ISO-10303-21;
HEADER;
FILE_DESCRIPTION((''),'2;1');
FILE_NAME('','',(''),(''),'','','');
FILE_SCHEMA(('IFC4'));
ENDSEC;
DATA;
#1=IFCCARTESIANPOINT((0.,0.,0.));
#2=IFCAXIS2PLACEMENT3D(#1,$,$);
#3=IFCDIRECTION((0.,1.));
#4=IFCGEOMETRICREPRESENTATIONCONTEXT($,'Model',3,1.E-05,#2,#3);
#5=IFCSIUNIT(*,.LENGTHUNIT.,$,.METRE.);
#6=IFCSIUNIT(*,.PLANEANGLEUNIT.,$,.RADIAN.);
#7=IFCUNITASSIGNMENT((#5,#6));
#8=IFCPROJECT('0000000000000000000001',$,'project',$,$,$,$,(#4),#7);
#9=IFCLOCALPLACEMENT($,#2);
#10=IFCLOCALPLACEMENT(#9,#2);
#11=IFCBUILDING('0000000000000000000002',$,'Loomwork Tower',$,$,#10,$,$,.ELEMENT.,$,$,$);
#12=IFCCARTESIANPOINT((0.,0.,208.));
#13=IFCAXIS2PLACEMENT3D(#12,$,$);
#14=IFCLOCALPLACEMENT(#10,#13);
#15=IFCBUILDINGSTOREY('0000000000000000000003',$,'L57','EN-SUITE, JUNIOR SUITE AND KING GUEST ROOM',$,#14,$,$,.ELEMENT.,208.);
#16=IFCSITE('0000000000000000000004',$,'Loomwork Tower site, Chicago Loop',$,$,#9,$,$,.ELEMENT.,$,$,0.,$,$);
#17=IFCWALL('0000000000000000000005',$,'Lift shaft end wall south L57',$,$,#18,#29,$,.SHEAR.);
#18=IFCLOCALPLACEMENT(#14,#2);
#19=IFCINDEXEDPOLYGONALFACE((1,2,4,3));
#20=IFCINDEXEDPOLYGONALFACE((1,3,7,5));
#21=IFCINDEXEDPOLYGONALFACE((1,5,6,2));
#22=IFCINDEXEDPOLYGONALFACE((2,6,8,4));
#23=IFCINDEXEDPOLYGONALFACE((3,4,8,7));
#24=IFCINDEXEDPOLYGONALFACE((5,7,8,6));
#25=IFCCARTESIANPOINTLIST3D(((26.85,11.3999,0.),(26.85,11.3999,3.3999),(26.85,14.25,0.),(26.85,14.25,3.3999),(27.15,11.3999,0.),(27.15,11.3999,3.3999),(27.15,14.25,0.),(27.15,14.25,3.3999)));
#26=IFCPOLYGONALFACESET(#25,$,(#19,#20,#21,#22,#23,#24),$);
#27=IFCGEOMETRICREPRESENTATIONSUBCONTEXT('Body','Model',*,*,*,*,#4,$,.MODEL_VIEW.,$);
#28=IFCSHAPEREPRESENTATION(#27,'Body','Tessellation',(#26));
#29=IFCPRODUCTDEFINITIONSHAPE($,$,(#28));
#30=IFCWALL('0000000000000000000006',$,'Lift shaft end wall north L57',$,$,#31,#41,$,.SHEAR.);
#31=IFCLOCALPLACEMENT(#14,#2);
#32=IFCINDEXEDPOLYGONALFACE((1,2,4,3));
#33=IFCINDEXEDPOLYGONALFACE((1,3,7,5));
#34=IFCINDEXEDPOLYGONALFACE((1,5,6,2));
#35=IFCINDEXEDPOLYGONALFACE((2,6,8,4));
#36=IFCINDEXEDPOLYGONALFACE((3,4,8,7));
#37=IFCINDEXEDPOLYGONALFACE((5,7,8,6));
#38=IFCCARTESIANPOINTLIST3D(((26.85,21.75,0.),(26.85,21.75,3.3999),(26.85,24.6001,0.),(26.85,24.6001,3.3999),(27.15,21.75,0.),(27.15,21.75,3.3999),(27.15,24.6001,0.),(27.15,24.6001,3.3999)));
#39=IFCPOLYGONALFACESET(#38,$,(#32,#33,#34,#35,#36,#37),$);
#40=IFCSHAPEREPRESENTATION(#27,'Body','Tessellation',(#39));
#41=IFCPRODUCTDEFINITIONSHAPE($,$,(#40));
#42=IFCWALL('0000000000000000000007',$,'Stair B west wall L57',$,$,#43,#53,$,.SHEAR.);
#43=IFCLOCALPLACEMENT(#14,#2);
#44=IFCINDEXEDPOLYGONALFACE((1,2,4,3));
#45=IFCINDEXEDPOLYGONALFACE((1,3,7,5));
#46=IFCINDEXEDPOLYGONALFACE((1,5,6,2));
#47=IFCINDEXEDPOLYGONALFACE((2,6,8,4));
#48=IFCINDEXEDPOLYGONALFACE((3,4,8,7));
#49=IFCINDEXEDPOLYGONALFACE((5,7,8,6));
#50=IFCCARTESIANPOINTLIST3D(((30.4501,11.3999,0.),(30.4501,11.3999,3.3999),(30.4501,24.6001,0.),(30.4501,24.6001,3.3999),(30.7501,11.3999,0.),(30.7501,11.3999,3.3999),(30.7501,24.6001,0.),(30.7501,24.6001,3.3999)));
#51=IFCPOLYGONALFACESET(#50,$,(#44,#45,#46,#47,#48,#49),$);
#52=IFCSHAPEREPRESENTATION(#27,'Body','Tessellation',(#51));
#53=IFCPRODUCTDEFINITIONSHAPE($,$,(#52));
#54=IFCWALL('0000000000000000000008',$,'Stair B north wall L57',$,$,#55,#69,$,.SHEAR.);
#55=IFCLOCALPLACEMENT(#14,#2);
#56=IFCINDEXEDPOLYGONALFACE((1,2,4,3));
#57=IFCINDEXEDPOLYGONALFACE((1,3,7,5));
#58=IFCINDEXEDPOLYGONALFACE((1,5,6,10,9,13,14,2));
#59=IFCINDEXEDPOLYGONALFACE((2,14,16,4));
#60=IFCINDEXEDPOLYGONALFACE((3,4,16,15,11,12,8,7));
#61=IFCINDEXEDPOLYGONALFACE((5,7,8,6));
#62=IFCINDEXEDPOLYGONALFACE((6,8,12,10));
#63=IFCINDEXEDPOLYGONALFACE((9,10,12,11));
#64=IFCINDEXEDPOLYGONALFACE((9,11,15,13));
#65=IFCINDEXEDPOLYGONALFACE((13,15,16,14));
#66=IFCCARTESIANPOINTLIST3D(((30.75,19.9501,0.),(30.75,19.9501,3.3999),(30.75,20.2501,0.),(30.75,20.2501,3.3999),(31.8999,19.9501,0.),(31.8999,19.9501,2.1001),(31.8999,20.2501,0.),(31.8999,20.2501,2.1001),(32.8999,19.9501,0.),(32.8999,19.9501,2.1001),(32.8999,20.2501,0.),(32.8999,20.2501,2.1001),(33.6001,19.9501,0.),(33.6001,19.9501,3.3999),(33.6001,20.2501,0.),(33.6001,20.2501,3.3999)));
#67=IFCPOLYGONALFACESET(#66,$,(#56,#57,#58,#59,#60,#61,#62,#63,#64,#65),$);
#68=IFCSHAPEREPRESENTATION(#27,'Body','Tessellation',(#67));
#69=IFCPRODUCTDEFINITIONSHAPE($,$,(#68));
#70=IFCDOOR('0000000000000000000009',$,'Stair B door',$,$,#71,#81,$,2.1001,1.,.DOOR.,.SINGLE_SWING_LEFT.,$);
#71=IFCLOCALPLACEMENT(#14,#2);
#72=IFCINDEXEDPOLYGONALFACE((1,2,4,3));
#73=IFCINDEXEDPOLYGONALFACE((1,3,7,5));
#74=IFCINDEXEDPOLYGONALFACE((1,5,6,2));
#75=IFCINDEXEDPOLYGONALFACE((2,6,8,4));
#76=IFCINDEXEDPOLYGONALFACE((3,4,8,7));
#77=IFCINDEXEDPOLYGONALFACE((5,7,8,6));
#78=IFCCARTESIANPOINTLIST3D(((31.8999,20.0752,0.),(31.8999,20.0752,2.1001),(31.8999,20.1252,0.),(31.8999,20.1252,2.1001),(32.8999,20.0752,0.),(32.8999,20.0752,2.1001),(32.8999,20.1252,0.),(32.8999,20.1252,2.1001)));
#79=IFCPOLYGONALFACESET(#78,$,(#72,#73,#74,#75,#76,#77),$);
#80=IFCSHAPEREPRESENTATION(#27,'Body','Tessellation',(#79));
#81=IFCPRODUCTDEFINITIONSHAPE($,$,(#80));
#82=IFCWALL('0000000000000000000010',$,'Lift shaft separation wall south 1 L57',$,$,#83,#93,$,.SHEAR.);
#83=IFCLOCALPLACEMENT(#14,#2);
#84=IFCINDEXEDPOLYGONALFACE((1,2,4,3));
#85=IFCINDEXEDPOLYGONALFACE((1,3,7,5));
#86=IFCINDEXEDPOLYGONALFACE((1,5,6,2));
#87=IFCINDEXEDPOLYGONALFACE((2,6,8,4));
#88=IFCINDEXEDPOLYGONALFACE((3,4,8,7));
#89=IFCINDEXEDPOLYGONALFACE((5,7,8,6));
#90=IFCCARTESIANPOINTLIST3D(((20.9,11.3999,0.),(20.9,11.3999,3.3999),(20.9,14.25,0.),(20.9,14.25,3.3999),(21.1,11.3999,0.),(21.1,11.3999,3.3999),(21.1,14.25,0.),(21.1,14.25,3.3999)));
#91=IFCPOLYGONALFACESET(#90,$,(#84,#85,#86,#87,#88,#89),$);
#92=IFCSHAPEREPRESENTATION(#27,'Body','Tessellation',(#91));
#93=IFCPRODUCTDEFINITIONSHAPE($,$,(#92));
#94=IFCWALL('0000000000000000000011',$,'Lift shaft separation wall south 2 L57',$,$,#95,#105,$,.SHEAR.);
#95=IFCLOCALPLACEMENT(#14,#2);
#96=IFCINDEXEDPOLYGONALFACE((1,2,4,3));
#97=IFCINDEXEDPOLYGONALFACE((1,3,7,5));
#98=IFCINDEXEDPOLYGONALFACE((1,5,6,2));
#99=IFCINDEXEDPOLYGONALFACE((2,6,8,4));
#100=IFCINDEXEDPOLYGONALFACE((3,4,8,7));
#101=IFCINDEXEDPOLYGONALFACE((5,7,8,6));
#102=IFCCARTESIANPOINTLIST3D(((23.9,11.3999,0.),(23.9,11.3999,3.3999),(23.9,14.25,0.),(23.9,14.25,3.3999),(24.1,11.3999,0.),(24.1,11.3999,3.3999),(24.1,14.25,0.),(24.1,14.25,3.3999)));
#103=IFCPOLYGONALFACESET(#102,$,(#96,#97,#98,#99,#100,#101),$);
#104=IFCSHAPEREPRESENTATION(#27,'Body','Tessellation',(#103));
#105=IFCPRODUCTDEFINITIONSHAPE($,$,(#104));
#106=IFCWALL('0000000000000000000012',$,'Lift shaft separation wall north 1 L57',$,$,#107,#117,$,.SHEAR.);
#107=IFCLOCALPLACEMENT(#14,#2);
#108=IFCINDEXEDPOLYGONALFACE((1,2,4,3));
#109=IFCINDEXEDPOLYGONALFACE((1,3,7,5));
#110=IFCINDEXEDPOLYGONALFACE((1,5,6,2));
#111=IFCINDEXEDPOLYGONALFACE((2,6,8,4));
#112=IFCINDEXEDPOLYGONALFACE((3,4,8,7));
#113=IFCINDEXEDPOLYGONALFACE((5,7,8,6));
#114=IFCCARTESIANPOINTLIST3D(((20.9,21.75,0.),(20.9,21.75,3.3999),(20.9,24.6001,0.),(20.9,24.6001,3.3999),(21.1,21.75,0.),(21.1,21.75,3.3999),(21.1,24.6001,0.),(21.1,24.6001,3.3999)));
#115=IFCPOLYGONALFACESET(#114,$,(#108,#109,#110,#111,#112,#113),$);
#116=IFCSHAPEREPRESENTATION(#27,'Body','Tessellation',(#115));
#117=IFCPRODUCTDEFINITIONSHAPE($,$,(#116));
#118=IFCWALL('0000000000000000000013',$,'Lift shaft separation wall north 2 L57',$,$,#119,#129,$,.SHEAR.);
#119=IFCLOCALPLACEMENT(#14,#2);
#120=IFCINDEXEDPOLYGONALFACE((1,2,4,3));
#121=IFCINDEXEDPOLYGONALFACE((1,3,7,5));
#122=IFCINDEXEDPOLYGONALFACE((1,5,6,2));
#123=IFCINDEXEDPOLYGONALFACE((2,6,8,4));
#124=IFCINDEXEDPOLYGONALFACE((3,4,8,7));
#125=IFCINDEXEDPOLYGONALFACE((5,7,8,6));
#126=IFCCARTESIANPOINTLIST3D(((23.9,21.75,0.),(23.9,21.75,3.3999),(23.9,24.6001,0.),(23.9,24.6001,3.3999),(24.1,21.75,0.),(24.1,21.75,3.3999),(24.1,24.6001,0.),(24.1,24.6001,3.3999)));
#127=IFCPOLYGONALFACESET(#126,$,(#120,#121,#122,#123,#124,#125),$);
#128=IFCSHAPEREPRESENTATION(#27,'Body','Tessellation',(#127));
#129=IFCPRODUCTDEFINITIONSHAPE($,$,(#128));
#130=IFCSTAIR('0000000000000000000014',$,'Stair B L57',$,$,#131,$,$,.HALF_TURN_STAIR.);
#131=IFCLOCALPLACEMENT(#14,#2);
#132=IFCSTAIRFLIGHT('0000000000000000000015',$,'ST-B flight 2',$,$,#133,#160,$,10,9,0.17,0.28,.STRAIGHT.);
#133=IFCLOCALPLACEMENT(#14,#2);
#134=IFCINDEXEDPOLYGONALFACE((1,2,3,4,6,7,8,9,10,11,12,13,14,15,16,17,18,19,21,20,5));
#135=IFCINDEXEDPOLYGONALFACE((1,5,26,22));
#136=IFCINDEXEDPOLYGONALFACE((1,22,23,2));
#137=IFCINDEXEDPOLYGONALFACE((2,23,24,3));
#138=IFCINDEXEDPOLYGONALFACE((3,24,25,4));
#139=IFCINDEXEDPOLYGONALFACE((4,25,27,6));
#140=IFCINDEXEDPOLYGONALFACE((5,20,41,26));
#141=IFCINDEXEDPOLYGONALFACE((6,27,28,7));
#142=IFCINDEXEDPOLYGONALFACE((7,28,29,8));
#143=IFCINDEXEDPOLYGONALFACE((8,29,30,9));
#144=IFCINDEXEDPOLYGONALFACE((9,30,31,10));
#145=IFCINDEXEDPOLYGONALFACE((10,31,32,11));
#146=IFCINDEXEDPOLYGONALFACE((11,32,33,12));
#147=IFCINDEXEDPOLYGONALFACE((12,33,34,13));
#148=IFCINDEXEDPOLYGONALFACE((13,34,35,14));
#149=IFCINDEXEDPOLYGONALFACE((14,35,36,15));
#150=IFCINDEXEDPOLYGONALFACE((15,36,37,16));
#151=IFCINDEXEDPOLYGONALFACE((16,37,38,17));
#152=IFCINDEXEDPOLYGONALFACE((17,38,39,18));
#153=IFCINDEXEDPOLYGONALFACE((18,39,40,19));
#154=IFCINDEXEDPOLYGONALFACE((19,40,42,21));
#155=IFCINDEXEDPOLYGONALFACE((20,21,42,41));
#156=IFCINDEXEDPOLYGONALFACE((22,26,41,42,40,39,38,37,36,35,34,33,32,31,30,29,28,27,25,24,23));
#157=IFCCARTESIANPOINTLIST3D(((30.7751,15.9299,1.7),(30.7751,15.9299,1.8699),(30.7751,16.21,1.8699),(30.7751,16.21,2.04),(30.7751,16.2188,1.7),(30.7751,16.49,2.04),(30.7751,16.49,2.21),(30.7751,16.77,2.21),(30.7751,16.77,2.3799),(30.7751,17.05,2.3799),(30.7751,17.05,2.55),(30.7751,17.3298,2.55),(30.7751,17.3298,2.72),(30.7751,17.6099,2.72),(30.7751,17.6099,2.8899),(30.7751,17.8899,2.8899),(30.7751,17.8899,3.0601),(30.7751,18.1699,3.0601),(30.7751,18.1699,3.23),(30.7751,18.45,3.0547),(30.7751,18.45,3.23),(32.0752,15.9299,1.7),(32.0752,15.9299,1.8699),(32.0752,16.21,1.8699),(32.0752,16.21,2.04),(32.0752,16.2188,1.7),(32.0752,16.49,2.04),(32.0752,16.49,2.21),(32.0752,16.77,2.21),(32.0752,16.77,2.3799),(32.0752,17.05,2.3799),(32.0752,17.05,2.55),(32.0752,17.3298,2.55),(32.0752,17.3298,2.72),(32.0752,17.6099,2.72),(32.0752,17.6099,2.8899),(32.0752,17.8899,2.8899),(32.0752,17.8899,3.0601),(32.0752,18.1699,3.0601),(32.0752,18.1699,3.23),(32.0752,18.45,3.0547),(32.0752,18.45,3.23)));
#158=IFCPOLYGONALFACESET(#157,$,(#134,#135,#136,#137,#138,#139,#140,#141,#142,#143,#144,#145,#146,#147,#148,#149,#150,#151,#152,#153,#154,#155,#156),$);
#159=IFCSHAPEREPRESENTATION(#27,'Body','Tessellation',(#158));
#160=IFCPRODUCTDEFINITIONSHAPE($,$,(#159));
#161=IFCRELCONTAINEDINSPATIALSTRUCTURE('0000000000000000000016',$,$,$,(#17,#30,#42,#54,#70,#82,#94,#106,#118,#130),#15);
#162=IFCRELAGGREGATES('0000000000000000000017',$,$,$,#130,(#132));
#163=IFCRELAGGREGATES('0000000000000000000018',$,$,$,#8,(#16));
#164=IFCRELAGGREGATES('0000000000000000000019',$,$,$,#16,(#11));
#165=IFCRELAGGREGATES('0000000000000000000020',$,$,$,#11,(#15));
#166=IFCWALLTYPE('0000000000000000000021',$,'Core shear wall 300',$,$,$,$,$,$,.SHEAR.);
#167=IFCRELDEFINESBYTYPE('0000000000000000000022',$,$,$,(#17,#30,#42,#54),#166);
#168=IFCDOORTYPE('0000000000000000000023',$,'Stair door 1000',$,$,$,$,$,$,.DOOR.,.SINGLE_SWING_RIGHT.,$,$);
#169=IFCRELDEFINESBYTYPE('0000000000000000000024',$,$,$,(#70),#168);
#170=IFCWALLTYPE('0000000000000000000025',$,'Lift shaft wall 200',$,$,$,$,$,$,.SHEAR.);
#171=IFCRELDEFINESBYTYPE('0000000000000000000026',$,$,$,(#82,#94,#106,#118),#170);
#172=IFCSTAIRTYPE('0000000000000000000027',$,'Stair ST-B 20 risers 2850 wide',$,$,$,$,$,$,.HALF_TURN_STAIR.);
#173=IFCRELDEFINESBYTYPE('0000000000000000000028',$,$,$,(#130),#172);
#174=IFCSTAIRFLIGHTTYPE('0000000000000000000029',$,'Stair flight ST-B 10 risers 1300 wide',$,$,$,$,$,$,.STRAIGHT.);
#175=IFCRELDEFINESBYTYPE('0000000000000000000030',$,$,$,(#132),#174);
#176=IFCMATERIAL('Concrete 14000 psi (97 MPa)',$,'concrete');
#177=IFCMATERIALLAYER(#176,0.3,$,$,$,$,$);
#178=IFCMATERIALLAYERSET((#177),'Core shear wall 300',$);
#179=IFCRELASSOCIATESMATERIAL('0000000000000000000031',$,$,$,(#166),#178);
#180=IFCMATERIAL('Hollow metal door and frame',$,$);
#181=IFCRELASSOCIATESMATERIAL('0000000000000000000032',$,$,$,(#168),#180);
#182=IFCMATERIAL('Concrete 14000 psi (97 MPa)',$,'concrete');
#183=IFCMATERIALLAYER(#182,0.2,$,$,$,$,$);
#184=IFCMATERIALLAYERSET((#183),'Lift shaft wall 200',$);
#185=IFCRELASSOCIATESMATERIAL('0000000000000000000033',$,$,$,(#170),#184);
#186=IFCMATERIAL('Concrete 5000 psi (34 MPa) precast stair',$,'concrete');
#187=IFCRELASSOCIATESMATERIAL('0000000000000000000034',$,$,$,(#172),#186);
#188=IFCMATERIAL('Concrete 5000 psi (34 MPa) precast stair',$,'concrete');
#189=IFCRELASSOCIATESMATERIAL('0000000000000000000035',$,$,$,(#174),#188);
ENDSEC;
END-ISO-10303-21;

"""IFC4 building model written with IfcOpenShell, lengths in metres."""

from ifc_helpers import new_model, si_unit, direction, frame, frame_2d, origin, place, context, subcontext, project, spatial, polyline, rectangle, outline, extrude, material, layer, layer_set, type_object, element, fill, aggregate, save


model = new_model("IFC4")

# Units and contexts
model_context = context("Model", 3, precision=1e-05, world=origin(), true_north=direction((0.0, 1.0)))
body_context = subcontext(model_context, "Body", "Model", "MODEL_VIEW")
ifc_project = project(units=[si_unit("LENGTHUNIT", "METRE"), si_unit("PLANEANGLEUNIT", "RADIAN")], contexts=[model_context])

# Site, building, storey
site_placement = place(None, origin())
site = spatial("IfcSite", under=ifc_project, at=site_placement, Name="Loomwork Tower site, Chicago Loop", CompositionType="ELEMENT", RefElevation=0.0)
building_placement = place(site_placement, origin())
building = spatial("IfcBuilding", under=site, at=building_placement, Name="Loomwork Tower", CompositionType="ELEMENT")
storey_placement = place(building_placement, frame((0.0, 0.0, 208.0)))
storey = spatial("IfcBuildingStorey", under=building, at=storey_placement, Name="L57", Description="EN-SUITE, JUNIOR SUITE AND KING GUEST ROOM", CompositionType="ELEMENT", Elevation=208.0)

# Walls
ifc_material_1 = material(Name="Concrete 14000 psi (97 MPa)", Category="concrete")
ifc_layer_1 = layer(ifc_material_1, 0.3)
ifc_layer_set_1 = layer_set([ifc_layer_1], Name="Core shear wall 300")
wall_type_1 = type_object("IfcWallType", Name="Core shear wall 300", PredefinedType="SHEAR", material=ifc_layer_set_1)
for number, where, z_axis, x_axis, name in (
    (1, (27.0, 11.3999, 0.0), (0.0, 0.0, 1.0), (0.0, 1.0, 0.0), "Lift shaft end wall south L57"),
    (2, (27.0, 21.75, 0.0), (0.0, 0.0, 1.0), (0.0, 1.0, 0.0), "Lift shaft end wall north L57"),
):
    element("IfcWall", number, at=place(storey_placement, frame(where, z_axis=z_axis, x_axis=x_axis)), inside=storey, type_object=wall_type_1, Name=name, PredefinedType="SHEAR", context=body_context, shape_type="SweptSolid", body=[
        extrude(rectangle(XDim=2.8501, YDim=0.3, at=frame_2d((1.425, 0.0))), origin(), (0.0, 0.0, 1.0), 3.3999),
    ])
wall_1_placement = place(storey_placement, frame((30.6001, 11.3999, 0.0), z_axis=(0.0, 0.0, 1.0), x_axis=(0.0, 1.0, 0.0)))
element("IfcWall", 3, at=wall_1_placement, inside=storey, type_object=wall_type_1, Name="Stair B west wall L57", PredefinedType="SHEAR", context=body_context, shape_type="SweptSolid", body=[
    extrude(rectangle(XDim=13.2002, YDim=0.3, at=frame_2d((6.6001, 0.0))), origin(), (0.0, 0.0, 1.0), 3.3999),
])

# Wall, opening, door
wall_2_placement = place(storey_placement, frame((30.75, 20.1001, 0.0), z_axis=(0.0, 0.0, 1.0), x_axis=(1.0, 0.0, 0.0)))
wall_2 = element("IfcWall", 4, at=wall_2_placement, inside=storey, type_object=wall_type_1, Name="Stair B north wall L57", PredefinedType="SHEAR", context=body_context, shape_type="SweptSolid", body=[
    extrude(rectangle(XDim=2.8501, YDim=0.3, at=frame_2d((1.425, 0.0))), origin(), (0.0, 0.0, 1.0), 3.3999),
])
opening_placement = place(wall_2_placement, frame((1.1499, 0.0, 0.0)))
opening = element("IfcOpeningElement", 5, at=opening_placement, cuts=wall_2, PredefinedType="OPENING", context=body_context, shape_type="SweptSolid", body=[
    extrude(rectangle(XDim=1.0, YDim=2.1001, at=frame_2d((0.5, 1.05))), frame((0.0, 0.1599, 0.0), z_axis=(0.0, -1.0, 0.0), x_axis=(1.0, 0.0, 0.0)), (0.0, 0.0, 1.0), 0.3201),
])
ifc_material_2 = material(Name="Hollow metal door and frame")
door_type = type_object("IfcDoorType", Name="Stair door 1000", OperationType="SINGLE_SWING_RIGHT", PredefinedType="DOOR", material=ifc_material_2)
door_placement = place(opening_placement, frame((1.0, 0.0, 0.0), z_axis=(0.0, 0.0, 1.0), x_axis=(-1.0, 0.0, 0.0)))
door = element("IfcDoor", 6, at=door_placement, inside=storey, type_object=door_type, Name="Stair B door", OperationType="SINGLE_SWING_LEFT", OverallHeight=2.1001, OverallWidth=1.0, PredefinedType="DOOR", context=body_context, shape_type="SweptSolid", body=[
    extrude(rectangle(XDim=1.0, YDim=2.1001, at=frame_2d((0.5, 1.05))), frame((0.0, 0.0249, 0.0), z_axis=(0.0, -1.0, 0.0), x_axis=(1.0, 0.0, 0.0)), (0.0, 0.0, 1.0), 0.05),
])
fill(opening, door)

# Walls
ifc_material_3 = material(Name="Concrete 14000 psi (97 MPa)", Category="concrete")
ifc_layer_2 = layer(ifc_material_3, 0.2)
ifc_layer_set_2 = layer_set([ifc_layer_2], Name="Lift shaft wall 200")
wall_type_2 = type_object("IfcWallType", Name="Lift shaft wall 200", PredefinedType="SHEAR", material=ifc_layer_set_2)
for number, where, z_axis, x_axis, name in (
    (7, (21.0, 11.3999, 0.0), (0.0, 0.0, 1.0), (0.0, 1.0, 0.0), "Lift shaft separation wall south 1 L57"),
    (8, (24.0, 11.3999, 0.0), (0.0, 0.0, 1.0), (0.0, 1.0, 0.0), "Lift shaft separation wall south 2 L57"),
    (9, (21.0, 21.75, 0.0), (0.0, 0.0, 1.0), (0.0, 1.0, 0.0), "Lift shaft separation wall north 1 L57"),
    (10, (24.0, 21.75, 0.0), (0.0, 0.0, 1.0), (0.0, 1.0, 0.0), "Lift shaft separation wall north 2 L57"),
):
    element("IfcWall", number, at=place(storey_placement, frame(where, z_axis=z_axis, x_axis=x_axis)), inside=storey, type_object=wall_type_2, Name=name, PredefinedType="SHEAR", context=body_context, shape_type="SweptSolid", body=[
        extrude(rectangle(XDim=2.8501, YDim=0.2, at=frame_2d((1.425, 0.0))), origin(), (0.0, 0.0, 1.0), 3.3999),
    ])

# Stair, stair flight
ifc_material_4 = material(Name="Concrete 5000 psi (34 MPa) precast stair", Category="concrete")
stair_type = type_object("IfcStairType", Name="Stair ST-B 20 risers 2850 wide", PredefinedType="HALF_TURN_STAIR", material=ifc_material_4)
stair_placement = place(storey_placement, origin())
stair = element("IfcStair", 11, at=stair_placement, inside=storey, type_object=stair_type, Name="Stair B L57", PredefinedType="HALF_TURN_STAIR")
ifc_material_5 = material(Name="Concrete 5000 psi (34 MPa) precast stair", Category="concrete")
stair_flight_type = type_object("IfcStairFlightType", Name="Stair flight ST-B 10 risers 1300 wide", PredefinedType="STRAIGHT", material=ifc_material_5)
stair_flight_placement = place(storey_placement, frame((31.425, 15.9299, 1.7), z_axis=(0.0, 0.0, 1.0), x_axis=(0.0, 1.0, 0.0)))
stair_flight = element("IfcStairFlight", 12, at=stair_flight_placement, type_object=stair_flight_type, Name="ST-B flight 2", NumberOfRisers=10, NumberOfTreads=9, PredefinedType="STRAIGHT", RiserHeight=0.17, TreadLength=0.28, context=body_context, shape_type="SweptSolid", body=[
    extrude(outline(polyline([(0.0, 0.0), (0.0, 0.1699), (0.28, 0.1699), (0.28, 0.3401), (0.5601, 0.3401), (0.5601, 0.51), (0.8401, 0.51), (0.8401, 0.6799), (1.1201, 0.6799), (1.1201, 0.8501), (1.3999, 0.8501), (1.3999, 1.02), (1.6799, 1.02), (1.6799, 1.1899), (1.96, 1.1899), (1.96, 1.3601), (2.24, 1.3601), (2.24, 1.53), (2.52, 1.53), (2.52, 1.7), (2.52, 1.3547), (0.2888, 0.0), (0.0, 0.0)])), frame((0.0, 0.6499, 0.0), z_axis=(0.0, -1.0, 0.0), x_axis=(1.0, 0.0, 0.0)), (0.0, 0.0, 1.0), 1.3),
])
aggregate(stair, [stair_flight])

save(model, "model.ifc")
